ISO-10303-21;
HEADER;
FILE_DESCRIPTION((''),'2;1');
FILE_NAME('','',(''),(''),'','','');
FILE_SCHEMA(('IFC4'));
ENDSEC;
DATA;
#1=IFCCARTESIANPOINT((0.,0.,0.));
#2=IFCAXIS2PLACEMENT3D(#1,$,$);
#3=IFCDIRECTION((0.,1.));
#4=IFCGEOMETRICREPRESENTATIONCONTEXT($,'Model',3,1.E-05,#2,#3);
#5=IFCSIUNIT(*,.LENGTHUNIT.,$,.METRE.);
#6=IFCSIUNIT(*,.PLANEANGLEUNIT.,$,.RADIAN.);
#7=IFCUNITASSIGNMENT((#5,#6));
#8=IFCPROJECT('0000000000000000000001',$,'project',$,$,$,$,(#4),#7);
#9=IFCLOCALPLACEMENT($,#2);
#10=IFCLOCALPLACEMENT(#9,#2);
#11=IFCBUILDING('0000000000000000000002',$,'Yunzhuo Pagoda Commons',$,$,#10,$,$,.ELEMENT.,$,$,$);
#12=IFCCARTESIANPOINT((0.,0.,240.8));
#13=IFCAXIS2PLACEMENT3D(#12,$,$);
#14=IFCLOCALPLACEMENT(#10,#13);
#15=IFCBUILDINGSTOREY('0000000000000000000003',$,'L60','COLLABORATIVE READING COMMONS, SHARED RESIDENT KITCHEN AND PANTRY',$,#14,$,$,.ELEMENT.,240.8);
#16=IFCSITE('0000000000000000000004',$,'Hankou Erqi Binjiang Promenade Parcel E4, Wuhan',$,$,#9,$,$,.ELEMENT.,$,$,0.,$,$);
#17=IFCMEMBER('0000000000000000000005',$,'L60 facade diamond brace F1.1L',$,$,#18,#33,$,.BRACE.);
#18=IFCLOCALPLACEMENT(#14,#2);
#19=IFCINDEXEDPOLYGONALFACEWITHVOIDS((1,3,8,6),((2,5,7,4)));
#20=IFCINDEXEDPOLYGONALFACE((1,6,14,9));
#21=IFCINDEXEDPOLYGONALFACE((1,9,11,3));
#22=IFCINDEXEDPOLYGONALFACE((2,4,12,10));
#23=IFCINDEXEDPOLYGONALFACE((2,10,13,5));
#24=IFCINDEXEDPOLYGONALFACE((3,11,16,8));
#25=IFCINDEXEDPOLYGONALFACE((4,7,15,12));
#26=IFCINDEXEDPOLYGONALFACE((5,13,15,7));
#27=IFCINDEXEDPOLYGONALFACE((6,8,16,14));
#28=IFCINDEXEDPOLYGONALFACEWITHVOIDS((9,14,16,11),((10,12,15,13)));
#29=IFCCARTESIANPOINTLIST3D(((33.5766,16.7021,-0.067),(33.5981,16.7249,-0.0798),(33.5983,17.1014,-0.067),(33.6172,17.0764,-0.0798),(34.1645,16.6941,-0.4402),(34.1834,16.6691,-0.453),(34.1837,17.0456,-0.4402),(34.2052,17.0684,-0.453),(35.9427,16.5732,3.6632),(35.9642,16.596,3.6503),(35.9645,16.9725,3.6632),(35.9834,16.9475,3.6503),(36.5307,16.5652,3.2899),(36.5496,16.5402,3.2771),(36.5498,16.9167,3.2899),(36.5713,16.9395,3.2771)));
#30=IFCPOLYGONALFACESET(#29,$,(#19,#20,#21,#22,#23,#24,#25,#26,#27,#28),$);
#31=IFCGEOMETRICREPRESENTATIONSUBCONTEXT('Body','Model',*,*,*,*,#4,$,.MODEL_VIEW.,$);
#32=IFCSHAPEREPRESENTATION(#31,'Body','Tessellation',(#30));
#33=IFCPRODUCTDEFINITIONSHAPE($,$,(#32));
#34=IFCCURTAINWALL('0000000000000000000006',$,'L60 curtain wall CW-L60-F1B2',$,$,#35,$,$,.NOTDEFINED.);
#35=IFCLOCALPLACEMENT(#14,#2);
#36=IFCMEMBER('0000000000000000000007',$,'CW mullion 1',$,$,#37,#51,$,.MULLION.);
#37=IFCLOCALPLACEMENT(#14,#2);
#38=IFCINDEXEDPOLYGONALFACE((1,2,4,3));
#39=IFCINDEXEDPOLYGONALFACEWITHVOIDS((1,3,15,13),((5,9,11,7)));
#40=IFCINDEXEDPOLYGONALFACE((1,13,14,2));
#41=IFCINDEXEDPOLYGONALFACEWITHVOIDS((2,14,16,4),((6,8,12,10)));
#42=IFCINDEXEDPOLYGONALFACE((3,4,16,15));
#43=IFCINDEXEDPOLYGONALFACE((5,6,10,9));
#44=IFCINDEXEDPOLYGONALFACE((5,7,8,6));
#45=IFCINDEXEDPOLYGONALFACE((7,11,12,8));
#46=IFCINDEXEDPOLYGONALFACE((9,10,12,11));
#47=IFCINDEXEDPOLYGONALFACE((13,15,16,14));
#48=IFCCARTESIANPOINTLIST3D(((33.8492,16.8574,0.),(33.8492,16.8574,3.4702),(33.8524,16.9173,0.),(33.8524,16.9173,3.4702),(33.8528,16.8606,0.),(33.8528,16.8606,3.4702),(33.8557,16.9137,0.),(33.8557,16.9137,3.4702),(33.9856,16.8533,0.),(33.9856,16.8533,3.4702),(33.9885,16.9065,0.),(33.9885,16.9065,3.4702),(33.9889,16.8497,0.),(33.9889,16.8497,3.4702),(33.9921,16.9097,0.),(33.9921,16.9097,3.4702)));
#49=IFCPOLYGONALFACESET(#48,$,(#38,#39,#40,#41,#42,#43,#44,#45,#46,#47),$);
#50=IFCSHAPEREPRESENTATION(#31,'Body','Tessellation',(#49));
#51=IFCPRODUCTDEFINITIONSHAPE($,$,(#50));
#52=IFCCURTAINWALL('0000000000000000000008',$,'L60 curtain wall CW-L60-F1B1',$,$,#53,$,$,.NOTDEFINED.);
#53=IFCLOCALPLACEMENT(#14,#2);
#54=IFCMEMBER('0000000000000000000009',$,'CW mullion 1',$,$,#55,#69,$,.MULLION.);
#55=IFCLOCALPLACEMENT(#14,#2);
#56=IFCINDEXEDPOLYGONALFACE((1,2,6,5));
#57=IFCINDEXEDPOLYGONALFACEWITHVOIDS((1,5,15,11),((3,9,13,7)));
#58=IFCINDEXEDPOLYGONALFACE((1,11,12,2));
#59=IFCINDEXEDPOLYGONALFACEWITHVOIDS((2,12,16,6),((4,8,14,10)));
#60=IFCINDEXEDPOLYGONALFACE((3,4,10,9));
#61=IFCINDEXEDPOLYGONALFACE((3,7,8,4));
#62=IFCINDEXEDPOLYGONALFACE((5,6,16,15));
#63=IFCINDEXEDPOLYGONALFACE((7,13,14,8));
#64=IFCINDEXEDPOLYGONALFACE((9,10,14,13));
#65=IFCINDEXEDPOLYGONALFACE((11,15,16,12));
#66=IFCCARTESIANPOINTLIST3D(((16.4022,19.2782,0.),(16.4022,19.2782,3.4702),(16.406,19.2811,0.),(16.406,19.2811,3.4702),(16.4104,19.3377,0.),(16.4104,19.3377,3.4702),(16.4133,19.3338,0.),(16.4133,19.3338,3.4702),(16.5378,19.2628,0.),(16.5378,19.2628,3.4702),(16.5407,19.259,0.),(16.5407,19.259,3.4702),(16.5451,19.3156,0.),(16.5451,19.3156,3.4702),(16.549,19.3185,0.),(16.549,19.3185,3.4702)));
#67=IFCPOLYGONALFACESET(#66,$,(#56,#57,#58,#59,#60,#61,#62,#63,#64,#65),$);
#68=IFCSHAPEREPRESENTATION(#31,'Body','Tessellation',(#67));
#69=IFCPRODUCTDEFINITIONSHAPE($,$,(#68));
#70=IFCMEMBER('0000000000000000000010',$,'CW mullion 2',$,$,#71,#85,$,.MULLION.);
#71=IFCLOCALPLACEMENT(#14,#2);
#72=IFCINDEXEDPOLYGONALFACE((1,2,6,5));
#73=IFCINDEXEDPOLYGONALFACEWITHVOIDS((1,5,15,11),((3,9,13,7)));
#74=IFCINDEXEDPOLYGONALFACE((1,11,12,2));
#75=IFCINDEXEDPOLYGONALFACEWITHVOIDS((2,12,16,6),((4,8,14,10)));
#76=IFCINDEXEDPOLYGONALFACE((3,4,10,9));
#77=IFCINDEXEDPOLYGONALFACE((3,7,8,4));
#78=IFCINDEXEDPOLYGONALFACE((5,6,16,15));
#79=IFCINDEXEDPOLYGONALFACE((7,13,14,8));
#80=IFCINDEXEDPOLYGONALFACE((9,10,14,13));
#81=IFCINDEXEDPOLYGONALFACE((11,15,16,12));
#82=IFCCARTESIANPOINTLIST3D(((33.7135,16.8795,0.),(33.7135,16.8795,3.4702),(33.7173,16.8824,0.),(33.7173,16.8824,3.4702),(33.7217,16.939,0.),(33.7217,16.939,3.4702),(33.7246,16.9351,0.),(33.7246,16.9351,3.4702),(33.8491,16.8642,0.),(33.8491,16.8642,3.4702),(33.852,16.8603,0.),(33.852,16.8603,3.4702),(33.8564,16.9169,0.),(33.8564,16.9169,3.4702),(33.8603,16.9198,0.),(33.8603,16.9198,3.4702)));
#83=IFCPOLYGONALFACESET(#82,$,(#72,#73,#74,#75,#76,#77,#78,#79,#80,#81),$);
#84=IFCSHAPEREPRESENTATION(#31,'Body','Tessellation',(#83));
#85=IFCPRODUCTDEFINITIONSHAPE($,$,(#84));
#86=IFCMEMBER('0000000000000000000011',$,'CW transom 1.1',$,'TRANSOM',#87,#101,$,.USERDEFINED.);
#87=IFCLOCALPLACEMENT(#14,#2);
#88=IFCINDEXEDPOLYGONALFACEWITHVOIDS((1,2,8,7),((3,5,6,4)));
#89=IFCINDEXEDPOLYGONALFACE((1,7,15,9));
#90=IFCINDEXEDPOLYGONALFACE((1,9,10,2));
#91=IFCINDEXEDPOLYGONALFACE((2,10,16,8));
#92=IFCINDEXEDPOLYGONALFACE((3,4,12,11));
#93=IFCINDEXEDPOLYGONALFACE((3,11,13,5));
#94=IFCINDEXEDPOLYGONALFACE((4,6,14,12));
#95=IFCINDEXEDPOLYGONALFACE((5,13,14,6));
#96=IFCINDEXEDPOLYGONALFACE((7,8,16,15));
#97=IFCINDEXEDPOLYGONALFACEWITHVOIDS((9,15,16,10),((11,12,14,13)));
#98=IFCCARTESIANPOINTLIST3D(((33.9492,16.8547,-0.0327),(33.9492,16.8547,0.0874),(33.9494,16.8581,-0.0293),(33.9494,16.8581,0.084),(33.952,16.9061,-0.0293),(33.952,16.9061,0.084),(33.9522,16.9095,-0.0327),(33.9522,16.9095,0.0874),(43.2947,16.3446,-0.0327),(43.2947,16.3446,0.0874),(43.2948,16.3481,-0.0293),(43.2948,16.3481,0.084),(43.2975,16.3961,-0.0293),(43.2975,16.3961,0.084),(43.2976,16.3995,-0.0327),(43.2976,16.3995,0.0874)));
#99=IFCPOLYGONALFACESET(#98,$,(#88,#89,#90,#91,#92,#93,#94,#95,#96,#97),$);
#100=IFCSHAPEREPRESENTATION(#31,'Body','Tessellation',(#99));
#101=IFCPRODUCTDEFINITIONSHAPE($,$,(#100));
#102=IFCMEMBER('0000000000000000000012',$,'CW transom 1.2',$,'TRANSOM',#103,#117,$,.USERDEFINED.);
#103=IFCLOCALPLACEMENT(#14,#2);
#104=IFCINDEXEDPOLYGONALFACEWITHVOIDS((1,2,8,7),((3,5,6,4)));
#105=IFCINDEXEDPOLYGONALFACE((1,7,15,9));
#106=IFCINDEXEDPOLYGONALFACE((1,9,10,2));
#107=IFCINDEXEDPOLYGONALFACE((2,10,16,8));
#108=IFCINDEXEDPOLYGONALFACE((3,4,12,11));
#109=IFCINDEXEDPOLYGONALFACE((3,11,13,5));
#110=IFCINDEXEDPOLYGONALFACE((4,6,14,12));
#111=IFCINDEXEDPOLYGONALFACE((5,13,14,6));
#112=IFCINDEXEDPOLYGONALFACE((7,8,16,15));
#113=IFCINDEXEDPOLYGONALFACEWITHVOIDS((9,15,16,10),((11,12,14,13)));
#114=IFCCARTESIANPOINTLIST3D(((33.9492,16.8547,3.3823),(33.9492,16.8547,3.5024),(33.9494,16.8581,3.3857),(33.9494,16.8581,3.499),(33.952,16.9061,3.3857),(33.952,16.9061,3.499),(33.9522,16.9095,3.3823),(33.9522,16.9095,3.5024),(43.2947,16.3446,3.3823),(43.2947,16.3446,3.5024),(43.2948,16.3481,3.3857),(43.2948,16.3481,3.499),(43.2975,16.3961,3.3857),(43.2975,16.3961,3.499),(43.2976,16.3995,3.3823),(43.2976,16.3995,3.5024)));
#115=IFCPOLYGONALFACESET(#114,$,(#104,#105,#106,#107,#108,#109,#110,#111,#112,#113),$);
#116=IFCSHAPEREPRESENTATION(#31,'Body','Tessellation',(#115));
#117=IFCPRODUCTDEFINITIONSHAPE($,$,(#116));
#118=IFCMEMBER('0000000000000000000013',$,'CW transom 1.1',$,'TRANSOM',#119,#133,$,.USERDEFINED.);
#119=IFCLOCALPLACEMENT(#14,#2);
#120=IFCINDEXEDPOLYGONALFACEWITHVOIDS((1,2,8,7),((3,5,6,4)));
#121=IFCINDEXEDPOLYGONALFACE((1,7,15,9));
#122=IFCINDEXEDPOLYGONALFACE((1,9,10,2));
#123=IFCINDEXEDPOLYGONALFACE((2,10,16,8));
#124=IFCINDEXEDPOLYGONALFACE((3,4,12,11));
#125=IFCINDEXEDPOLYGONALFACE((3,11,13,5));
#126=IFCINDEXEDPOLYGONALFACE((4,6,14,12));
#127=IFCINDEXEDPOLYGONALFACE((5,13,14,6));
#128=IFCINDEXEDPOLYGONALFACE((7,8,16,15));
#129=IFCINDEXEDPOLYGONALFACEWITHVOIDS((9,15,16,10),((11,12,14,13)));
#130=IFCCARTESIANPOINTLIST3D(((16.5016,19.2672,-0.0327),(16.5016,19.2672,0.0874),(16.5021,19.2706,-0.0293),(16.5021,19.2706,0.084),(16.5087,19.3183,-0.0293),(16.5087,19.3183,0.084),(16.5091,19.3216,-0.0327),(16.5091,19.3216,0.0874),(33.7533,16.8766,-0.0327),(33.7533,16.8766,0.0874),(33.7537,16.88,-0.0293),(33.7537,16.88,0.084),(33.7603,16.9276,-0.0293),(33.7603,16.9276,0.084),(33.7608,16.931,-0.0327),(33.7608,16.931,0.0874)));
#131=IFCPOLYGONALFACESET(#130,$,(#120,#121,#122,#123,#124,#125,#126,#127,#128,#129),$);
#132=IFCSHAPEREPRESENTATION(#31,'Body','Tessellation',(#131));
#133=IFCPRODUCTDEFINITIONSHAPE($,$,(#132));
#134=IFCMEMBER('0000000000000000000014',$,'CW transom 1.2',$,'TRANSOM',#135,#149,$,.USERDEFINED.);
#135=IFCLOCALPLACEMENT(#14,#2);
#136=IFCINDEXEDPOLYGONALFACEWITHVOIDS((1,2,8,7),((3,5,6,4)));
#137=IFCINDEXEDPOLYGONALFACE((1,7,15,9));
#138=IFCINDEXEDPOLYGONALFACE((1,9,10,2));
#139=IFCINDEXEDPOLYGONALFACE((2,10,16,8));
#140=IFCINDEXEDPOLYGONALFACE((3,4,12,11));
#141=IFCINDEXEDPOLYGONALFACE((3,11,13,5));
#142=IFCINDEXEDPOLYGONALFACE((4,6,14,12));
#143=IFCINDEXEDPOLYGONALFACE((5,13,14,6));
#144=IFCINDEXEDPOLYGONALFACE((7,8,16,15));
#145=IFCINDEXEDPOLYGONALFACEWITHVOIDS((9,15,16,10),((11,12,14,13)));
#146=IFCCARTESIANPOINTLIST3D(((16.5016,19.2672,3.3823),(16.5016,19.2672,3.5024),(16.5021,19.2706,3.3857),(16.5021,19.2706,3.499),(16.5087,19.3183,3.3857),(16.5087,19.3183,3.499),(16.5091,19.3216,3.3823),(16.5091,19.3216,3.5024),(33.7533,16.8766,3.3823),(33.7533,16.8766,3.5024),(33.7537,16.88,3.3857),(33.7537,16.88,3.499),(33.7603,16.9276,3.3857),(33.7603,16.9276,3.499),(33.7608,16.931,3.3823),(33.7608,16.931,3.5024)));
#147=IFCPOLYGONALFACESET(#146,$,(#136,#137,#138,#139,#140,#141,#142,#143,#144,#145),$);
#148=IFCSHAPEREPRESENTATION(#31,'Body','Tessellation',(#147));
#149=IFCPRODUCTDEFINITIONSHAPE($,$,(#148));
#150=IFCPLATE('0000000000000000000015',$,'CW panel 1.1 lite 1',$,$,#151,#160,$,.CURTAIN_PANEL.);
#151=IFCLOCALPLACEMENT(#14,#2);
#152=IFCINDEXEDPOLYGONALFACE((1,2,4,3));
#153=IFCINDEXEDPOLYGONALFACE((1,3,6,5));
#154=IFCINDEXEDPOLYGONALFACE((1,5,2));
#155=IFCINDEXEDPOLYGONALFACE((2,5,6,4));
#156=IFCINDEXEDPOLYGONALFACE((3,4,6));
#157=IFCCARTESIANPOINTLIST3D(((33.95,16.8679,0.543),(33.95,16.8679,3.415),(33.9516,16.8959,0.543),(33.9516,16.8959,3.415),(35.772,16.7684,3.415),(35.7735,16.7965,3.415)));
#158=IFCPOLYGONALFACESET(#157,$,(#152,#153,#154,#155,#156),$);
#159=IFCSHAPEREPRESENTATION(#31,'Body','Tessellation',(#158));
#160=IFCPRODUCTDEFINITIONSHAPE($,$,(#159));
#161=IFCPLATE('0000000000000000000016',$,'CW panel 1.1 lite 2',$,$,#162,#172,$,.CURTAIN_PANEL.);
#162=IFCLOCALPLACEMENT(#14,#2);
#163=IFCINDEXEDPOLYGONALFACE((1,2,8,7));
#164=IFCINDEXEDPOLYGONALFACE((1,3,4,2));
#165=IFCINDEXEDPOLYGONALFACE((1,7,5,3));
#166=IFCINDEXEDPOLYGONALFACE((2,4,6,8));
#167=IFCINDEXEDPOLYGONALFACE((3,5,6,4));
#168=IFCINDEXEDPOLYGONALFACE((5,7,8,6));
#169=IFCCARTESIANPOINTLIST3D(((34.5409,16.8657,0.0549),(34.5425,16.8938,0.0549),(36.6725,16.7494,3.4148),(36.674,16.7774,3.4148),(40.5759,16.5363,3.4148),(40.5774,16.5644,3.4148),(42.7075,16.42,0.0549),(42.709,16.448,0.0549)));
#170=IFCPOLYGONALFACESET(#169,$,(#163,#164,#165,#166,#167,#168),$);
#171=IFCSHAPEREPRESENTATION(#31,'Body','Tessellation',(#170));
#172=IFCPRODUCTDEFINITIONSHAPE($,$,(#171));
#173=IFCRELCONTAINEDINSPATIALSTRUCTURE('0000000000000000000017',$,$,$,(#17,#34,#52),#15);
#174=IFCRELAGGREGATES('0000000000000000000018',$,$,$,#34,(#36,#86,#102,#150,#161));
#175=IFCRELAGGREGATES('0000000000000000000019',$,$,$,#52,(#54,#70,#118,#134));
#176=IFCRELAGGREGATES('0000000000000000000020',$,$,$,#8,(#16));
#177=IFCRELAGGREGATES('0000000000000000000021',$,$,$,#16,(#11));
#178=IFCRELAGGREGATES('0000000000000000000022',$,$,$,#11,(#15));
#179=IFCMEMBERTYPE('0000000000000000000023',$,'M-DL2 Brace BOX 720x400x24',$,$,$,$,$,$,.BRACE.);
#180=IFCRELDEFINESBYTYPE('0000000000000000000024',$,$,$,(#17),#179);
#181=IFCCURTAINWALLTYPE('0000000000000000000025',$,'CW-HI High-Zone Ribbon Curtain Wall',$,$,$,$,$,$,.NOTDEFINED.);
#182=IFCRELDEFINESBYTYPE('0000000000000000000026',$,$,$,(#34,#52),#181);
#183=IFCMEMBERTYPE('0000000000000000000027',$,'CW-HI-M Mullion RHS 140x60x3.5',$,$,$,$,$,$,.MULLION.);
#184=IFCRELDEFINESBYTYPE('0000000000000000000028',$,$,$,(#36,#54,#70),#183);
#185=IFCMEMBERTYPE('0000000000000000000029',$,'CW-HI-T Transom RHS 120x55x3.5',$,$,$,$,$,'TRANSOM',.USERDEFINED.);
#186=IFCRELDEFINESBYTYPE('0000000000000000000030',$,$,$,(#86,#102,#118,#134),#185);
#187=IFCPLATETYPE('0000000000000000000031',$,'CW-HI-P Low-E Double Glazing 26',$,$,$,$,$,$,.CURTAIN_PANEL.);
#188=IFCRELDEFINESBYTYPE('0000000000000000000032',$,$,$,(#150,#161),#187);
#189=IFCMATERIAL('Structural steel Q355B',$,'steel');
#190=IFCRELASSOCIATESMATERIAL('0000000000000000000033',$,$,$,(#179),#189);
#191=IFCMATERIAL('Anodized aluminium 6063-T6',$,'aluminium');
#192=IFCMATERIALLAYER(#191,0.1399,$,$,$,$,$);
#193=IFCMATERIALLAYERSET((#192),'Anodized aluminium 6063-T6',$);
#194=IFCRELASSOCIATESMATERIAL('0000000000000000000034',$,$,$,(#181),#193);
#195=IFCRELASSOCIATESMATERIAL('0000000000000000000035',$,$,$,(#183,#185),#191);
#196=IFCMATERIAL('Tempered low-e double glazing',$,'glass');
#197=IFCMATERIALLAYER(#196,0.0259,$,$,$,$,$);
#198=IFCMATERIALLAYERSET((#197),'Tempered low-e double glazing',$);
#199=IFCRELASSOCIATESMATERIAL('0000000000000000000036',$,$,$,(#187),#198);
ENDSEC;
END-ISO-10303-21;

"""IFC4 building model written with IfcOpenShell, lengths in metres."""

from ifc_helpers import new_model, si_unit, direction, frame, origin, origin_2d, place, context, subcontext, project, spatial, polyline, hollow_rectangle, outline, extrude, source, transform, mapped, material, layer, layer_set, material_profile, profile_set, type_object, element, aggregate, save


model = new_model("IFC4")

# Units and contexts
model_context = context("Model", 3, precision=1e-05, world=origin(), true_north=direction((0.0, 1.0)))
body_context = subcontext(model_context, "Body", "Model", "MODEL_VIEW")
ifc_project = project(units=[si_unit("LENGTHUNIT", "METRE"), si_unit("PLANEANGLEUNIT", "RADIAN")], contexts=[model_context])

# Site, building, storey
site_placement = place(None, origin())
site = spatial("IfcSite", under=ifc_project, at=site_placement, Name="Hankou Erqi Binjiang Promenade Parcel E4, Wuhan", CompositionType="ELEMENT", RefElevation=0.0)
building_placement = place(site_placement, origin())
building = spatial("IfcBuilding", under=site, at=building_placement, Name="Yunzhuo Pagoda Commons", CompositionType="ELEMENT")
storey_placement = place(building_placement, frame((0.0, 0.0, 240.8)))
storey = spatial("IfcBuildingStorey", under=building, at=storey_placement, Name="L60", Description="COLLABORATIVE READING COMMONS, SHARED RESIDENT KITCHEN AND PANTRY", CompositionType="ELEMENT", Elevation=240.8)

# Shared definitions
ifc_material_1 = material(Name="Structural steel Q355B", Category="steel")

# Member
ifc_material_profile_1 = material_profile(ifc_material_1, hollow_rectangle(XDim=0.3999, YDim=0.72, WallThickness=0.0239, at=origin_2d()), Name="Structural steel Q355B")
ifc_profile_set_1 = profile_set([ifc_material_profile_1], Name="Structural steel Q355B")
member_type_1 = type_object("IfcMemberType", Name="M-DL2 Brace BOX 720x400x24", PredefinedType="BRACE", material=ifc_profile_set_1)
shared_shape_1 = source(origin(), body_context, "Body", "SweptSolid", [
    extrude(hollow_rectangle(XDim=0.3999, YDim=0.72, WallThickness=0.0239, at=origin_2d()), origin(), (0.0, 0.0, 1.0), 4.4192),
])
member_1_placement = place(storey_placement, frame((33.8909, 16.8853, -0.26), z_axis=(0.535428, -0.029169, 0.844077), x_axis=(0.054397, 0.998519, 0.0)))
element("IfcMember", 1, at=member_1_placement, inside=storey, type_object=member_type_1, Name="L60 facade diamond brace F1.1L", PredefinedType="BRACE", context=body_context, shape_type="MappedRepresentation", body=[
    mapped(shared_shape_1, transform((0.0, 0.0, 0.0), scale=1.0)),
])

# Curtain wall, member
ifc_material_2 = material(Name="Anodized aluminium 6063-T6", Category="aluminium")
ifc_layer_1 = layer(ifc_material_2, 0.1399)
ifc_layer_set_1 = layer_set([ifc_layer_1], Name="Anodized aluminium 6063-T6")
curtain_wall_type = type_object("IfcCurtainWallType", Name="CW-HI High-Zone Ribbon Curtain Wall", PredefinedType="NOTDEFINED", material=ifc_layer_set_1)
curtain_wall_1_placement = place(storey_placement, origin())
curtain_wall_1 = element("IfcCurtainWall", 2, at=curtain_wall_1_placement, inside=storey, type_object=curtain_wall_type, Name="L60 curtain wall CW-L60-F1B2", PredefinedType="NOTDEFINED")
ifc_material_profile_2 = material_profile(ifc_material_2, hollow_rectangle(XDim=0.0601, YDim=0.1399, WallThickness=0.0034, at=origin_2d()), Name="Anodized aluminium 6063-T6")
ifc_profile_set_2 = profile_set([ifc_material_profile_2], Name="Anodized aluminium 6063-T6")
member_type_2 = type_object("IfcMemberType", Name="CW-HI-M Mullion RHS 140x60x3.5", PredefinedType="MULLION", material=ifc_profile_set_2)
shared_shape_2 = source(origin(), body_context, "Body", "SweptSolid", [
    extrude(hollow_rectangle(XDim=0.0601, YDim=0.1399, WallThickness=0.0034, at=origin_2d()), origin(), (0.0, 0.0, 1.0), 3.4702),
])
member_2_placement = place(storey_placement, frame((33.9207, 16.8835, 0.0), z_axis=(0.0, 0.0, 1.0), x_axis=(0.054497, 0.998514, 0.0)))
member_2 = element("IfcMember", 3, at=member_2_placement, type_object=member_type_2, Name="CW mullion 1", PredefinedType="MULLION", context=body_context, shape_type="MappedRepresentation", body=[
    mapped(shared_shape_2, transform((0.0, 0.0, 0.0), scale=1.0)),
])

# Curtain wall, members
curtain_wall_2_placement = place(storey_placement, origin())
curtain_wall_2 = element("IfcCurtainWall", 4, at=curtain_wall_2_placement, inside=storey, type_object=curtain_wall_type, Name="L60 curtain wall CW-L60-F1B1", PredefinedType="NOTDEFINED")
member_3_placement = place(storey_placement, frame((16.4756, 19.2983, 0.0), z_axis=(0.0, 0.0, 1.0), x_axis=(0.13725, 0.990536, 0.0)))
member_3 = element("IfcMember", 5, at=member_3_placement, type_object=member_type_2, Name="CW mullion 1", PredefinedType="MULLION", context=body_context, shape_type="MappedRepresentation", body=[
    mapped(shared_shape_2, transform((0.0, 0.0, 0.0), scale=1.0)),
])
member_4_placement = place(storey_placement, frame((33.7869, 16.8997, 0.0), z_axis=(0.0, 0.0, 1.0), x_axis=(0.13725, 0.990536, 0.0)))
member_4 = element("IfcMember", 6, at=member_4_placement, type_object=member_type_2, Name="CW mullion 2", PredefinedType="MULLION", context=body_context, shape_type="MappedRepresentation", body=[
    mapped(shared_shape_2, transform((0.0, 0.0, 0.0), scale=1.0)),
])

# Members
ifc_material_profile_3 = material_profile(ifc_material_2, hollow_rectangle(XDim=0.0549, YDim=0.1201, WallThickness=0.0034, at=origin_2d()), Name="Anodized aluminium 6063-T6")
ifc_profile_set_3 = profile_set([ifc_material_profile_3], Name="Anodized aluminium 6063-T6")
member_type_3 = type_object("IfcMemberType", Name="CW-HI-T Transom RHS 120x55x3.5", ElementType="TRANSOM", PredefinedType="USERDEFINED", material=ifc_profile_set_3)
shared_shape_3 = source(origin(), body_context, "Body", "SweptSolid", [
    extrude(hollow_rectangle(XDim=0.0549, YDim=0.1201, WallThickness=0.0034, at=origin_2d()), origin(), (0.0, 0.0, 1.0), 9.3594),
])
member_5_placement = place(storey_placement, frame((33.9507, 16.8821, 0.0273), z_axis=(0.998514, -0.054492, 0.0), x_axis=(0.054492, 0.998514, 0.0)))
member_5 = element("IfcMember", 7, at=member_5_placement, type_object=member_type_3, Name="CW transom 1.1", ObjectType="TRANSOM", PredefinedType="USERDEFINED", context=body_context, shape_type="MappedRepresentation", body=[
    mapped(shared_shape_3, transform((0.0, 0.0, 0.0), scale=1.0)),
])
member_6_placement = place(storey_placement, frame((33.9507, 16.8821, 3.4424), z_axis=(0.998514, -0.054492, 0.0), x_axis=(0.054492, 0.998514, 0.0)))
member_6 = element("IfcMember", 8, at=member_6_placement, type_object=member_type_3, Name="CW transom 1.2", ObjectType="TRANSOM", PredefinedType="USERDEFINED", context=body_context, shape_type="MappedRepresentation", body=[
    mapped(shared_shape_3, transform((0.0, 0.0, 0.0), scale=1.0)),
])
shared_shape_4 = source(origin(), body_context, "Body", "SweptSolid", [
    extrude(hollow_rectangle(XDim=0.0549, YDim=0.1201, WallThickness=0.0034, at=origin_2d()), origin(), (0.0, 0.0, 1.0), 17.4165),
])
member_7_placement = place(storey_placement, frame((16.5054, 19.2944, 0.0273), z_axis=(0.990535, -0.137262, 0.0), x_axis=(0.137262, 0.990535, 0.0)))
member_7 = element("IfcMember", 9, at=member_7_placement, type_object=member_type_3, Name="CW transom 1.1", ObjectType="TRANSOM", PredefinedType="USERDEFINED", context=body_context, shape_type="MappedRepresentation", body=[
    mapped(shared_shape_4, transform((0.0, 0.0, 0.0), scale=1.0)),
])
member_8_placement = place(storey_placement, frame((16.5054, 19.2944, 3.4424), z_axis=(0.990535, -0.137262, 0.0), x_axis=(0.137262, 0.990535, 0.0)))
member_8 = element("IfcMember", 10, at=member_8_placement, type_object=member_type_3, Name="CW transom 1.2", ObjectType="TRANSOM", PredefinedType="USERDEFINED", context=body_context, shape_type="MappedRepresentation", body=[
    mapped(shared_shape_4, transform((0.0, 0.0, 0.0), scale=1.0)),
])

# Plates
ifc_material_3 = material(Name="Tempered low-e double glazing", Category="glass")
ifc_layer_2 = layer(ifc_material_3, 0.0259)
ifc_layer_set_2 = layer_set([ifc_layer_2], Name="Tempered low-e double glazing")
plate_type_1 = type_object("IfcPlateType", Name="CW-HI-P Low-E Double Glazing 26", PredefinedType="CURTAIN_PANEL", material=ifc_layer_set_2)
plate_1_placement = place(storey_placement, frame((34.8625, 16.8462, 1.979), z_axis=(-0.054497, -0.998514, 0.0), x_axis=(0.998514, -0.054497, 0.0)))
plate_1 = element("IfcPlate", 11, at=plate_1_placement, type_object=plate_type_1, Name="CW panel 1.1 lite 1", PredefinedType="CURTAIN_PANEL", context=body_context, shape_type="SweptSolid", body=[
    extrude(outline(polyline([(-0.9124, -1.436), (0.9124, 1.436), (-0.9124, 1.436), (-0.9124, -1.436)])), origin(), (0.0, 0.0, 1.0), 0.0281),
])
plate_2_placement = place(storey_placement, frame((38.6257, 16.6709, 1.7349), z_axis=(-0.054497, -0.998514, 0.0), x_axis=(0.998514, -0.054497, 0.0)))
plate_2 = element("IfcPlate", 12, at=plate_2_placement, type_object=plate_type_1, Name="CW panel 1.1 lite 2", PredefinedType="CURTAIN_PANEL", context=body_context, shape_type="SweptSolid", body=[
    extrude(outline(polyline([(-4.0894, -1.6799), (4.0894, -1.6799), (1.9546, 1.6799), (-1.9546, 1.6799), (-4.0894, -1.6799)])), origin(), (0.0, 0.0, 1.0), 0.0281),
])
aggregate(curtain_wall_1, [member_2, member_5, member_6, plate_1, plate_2])

aggregate(curtain_wall_2, [member_3, member_4, member_7, member_8])

save(model, "model.ifc")
